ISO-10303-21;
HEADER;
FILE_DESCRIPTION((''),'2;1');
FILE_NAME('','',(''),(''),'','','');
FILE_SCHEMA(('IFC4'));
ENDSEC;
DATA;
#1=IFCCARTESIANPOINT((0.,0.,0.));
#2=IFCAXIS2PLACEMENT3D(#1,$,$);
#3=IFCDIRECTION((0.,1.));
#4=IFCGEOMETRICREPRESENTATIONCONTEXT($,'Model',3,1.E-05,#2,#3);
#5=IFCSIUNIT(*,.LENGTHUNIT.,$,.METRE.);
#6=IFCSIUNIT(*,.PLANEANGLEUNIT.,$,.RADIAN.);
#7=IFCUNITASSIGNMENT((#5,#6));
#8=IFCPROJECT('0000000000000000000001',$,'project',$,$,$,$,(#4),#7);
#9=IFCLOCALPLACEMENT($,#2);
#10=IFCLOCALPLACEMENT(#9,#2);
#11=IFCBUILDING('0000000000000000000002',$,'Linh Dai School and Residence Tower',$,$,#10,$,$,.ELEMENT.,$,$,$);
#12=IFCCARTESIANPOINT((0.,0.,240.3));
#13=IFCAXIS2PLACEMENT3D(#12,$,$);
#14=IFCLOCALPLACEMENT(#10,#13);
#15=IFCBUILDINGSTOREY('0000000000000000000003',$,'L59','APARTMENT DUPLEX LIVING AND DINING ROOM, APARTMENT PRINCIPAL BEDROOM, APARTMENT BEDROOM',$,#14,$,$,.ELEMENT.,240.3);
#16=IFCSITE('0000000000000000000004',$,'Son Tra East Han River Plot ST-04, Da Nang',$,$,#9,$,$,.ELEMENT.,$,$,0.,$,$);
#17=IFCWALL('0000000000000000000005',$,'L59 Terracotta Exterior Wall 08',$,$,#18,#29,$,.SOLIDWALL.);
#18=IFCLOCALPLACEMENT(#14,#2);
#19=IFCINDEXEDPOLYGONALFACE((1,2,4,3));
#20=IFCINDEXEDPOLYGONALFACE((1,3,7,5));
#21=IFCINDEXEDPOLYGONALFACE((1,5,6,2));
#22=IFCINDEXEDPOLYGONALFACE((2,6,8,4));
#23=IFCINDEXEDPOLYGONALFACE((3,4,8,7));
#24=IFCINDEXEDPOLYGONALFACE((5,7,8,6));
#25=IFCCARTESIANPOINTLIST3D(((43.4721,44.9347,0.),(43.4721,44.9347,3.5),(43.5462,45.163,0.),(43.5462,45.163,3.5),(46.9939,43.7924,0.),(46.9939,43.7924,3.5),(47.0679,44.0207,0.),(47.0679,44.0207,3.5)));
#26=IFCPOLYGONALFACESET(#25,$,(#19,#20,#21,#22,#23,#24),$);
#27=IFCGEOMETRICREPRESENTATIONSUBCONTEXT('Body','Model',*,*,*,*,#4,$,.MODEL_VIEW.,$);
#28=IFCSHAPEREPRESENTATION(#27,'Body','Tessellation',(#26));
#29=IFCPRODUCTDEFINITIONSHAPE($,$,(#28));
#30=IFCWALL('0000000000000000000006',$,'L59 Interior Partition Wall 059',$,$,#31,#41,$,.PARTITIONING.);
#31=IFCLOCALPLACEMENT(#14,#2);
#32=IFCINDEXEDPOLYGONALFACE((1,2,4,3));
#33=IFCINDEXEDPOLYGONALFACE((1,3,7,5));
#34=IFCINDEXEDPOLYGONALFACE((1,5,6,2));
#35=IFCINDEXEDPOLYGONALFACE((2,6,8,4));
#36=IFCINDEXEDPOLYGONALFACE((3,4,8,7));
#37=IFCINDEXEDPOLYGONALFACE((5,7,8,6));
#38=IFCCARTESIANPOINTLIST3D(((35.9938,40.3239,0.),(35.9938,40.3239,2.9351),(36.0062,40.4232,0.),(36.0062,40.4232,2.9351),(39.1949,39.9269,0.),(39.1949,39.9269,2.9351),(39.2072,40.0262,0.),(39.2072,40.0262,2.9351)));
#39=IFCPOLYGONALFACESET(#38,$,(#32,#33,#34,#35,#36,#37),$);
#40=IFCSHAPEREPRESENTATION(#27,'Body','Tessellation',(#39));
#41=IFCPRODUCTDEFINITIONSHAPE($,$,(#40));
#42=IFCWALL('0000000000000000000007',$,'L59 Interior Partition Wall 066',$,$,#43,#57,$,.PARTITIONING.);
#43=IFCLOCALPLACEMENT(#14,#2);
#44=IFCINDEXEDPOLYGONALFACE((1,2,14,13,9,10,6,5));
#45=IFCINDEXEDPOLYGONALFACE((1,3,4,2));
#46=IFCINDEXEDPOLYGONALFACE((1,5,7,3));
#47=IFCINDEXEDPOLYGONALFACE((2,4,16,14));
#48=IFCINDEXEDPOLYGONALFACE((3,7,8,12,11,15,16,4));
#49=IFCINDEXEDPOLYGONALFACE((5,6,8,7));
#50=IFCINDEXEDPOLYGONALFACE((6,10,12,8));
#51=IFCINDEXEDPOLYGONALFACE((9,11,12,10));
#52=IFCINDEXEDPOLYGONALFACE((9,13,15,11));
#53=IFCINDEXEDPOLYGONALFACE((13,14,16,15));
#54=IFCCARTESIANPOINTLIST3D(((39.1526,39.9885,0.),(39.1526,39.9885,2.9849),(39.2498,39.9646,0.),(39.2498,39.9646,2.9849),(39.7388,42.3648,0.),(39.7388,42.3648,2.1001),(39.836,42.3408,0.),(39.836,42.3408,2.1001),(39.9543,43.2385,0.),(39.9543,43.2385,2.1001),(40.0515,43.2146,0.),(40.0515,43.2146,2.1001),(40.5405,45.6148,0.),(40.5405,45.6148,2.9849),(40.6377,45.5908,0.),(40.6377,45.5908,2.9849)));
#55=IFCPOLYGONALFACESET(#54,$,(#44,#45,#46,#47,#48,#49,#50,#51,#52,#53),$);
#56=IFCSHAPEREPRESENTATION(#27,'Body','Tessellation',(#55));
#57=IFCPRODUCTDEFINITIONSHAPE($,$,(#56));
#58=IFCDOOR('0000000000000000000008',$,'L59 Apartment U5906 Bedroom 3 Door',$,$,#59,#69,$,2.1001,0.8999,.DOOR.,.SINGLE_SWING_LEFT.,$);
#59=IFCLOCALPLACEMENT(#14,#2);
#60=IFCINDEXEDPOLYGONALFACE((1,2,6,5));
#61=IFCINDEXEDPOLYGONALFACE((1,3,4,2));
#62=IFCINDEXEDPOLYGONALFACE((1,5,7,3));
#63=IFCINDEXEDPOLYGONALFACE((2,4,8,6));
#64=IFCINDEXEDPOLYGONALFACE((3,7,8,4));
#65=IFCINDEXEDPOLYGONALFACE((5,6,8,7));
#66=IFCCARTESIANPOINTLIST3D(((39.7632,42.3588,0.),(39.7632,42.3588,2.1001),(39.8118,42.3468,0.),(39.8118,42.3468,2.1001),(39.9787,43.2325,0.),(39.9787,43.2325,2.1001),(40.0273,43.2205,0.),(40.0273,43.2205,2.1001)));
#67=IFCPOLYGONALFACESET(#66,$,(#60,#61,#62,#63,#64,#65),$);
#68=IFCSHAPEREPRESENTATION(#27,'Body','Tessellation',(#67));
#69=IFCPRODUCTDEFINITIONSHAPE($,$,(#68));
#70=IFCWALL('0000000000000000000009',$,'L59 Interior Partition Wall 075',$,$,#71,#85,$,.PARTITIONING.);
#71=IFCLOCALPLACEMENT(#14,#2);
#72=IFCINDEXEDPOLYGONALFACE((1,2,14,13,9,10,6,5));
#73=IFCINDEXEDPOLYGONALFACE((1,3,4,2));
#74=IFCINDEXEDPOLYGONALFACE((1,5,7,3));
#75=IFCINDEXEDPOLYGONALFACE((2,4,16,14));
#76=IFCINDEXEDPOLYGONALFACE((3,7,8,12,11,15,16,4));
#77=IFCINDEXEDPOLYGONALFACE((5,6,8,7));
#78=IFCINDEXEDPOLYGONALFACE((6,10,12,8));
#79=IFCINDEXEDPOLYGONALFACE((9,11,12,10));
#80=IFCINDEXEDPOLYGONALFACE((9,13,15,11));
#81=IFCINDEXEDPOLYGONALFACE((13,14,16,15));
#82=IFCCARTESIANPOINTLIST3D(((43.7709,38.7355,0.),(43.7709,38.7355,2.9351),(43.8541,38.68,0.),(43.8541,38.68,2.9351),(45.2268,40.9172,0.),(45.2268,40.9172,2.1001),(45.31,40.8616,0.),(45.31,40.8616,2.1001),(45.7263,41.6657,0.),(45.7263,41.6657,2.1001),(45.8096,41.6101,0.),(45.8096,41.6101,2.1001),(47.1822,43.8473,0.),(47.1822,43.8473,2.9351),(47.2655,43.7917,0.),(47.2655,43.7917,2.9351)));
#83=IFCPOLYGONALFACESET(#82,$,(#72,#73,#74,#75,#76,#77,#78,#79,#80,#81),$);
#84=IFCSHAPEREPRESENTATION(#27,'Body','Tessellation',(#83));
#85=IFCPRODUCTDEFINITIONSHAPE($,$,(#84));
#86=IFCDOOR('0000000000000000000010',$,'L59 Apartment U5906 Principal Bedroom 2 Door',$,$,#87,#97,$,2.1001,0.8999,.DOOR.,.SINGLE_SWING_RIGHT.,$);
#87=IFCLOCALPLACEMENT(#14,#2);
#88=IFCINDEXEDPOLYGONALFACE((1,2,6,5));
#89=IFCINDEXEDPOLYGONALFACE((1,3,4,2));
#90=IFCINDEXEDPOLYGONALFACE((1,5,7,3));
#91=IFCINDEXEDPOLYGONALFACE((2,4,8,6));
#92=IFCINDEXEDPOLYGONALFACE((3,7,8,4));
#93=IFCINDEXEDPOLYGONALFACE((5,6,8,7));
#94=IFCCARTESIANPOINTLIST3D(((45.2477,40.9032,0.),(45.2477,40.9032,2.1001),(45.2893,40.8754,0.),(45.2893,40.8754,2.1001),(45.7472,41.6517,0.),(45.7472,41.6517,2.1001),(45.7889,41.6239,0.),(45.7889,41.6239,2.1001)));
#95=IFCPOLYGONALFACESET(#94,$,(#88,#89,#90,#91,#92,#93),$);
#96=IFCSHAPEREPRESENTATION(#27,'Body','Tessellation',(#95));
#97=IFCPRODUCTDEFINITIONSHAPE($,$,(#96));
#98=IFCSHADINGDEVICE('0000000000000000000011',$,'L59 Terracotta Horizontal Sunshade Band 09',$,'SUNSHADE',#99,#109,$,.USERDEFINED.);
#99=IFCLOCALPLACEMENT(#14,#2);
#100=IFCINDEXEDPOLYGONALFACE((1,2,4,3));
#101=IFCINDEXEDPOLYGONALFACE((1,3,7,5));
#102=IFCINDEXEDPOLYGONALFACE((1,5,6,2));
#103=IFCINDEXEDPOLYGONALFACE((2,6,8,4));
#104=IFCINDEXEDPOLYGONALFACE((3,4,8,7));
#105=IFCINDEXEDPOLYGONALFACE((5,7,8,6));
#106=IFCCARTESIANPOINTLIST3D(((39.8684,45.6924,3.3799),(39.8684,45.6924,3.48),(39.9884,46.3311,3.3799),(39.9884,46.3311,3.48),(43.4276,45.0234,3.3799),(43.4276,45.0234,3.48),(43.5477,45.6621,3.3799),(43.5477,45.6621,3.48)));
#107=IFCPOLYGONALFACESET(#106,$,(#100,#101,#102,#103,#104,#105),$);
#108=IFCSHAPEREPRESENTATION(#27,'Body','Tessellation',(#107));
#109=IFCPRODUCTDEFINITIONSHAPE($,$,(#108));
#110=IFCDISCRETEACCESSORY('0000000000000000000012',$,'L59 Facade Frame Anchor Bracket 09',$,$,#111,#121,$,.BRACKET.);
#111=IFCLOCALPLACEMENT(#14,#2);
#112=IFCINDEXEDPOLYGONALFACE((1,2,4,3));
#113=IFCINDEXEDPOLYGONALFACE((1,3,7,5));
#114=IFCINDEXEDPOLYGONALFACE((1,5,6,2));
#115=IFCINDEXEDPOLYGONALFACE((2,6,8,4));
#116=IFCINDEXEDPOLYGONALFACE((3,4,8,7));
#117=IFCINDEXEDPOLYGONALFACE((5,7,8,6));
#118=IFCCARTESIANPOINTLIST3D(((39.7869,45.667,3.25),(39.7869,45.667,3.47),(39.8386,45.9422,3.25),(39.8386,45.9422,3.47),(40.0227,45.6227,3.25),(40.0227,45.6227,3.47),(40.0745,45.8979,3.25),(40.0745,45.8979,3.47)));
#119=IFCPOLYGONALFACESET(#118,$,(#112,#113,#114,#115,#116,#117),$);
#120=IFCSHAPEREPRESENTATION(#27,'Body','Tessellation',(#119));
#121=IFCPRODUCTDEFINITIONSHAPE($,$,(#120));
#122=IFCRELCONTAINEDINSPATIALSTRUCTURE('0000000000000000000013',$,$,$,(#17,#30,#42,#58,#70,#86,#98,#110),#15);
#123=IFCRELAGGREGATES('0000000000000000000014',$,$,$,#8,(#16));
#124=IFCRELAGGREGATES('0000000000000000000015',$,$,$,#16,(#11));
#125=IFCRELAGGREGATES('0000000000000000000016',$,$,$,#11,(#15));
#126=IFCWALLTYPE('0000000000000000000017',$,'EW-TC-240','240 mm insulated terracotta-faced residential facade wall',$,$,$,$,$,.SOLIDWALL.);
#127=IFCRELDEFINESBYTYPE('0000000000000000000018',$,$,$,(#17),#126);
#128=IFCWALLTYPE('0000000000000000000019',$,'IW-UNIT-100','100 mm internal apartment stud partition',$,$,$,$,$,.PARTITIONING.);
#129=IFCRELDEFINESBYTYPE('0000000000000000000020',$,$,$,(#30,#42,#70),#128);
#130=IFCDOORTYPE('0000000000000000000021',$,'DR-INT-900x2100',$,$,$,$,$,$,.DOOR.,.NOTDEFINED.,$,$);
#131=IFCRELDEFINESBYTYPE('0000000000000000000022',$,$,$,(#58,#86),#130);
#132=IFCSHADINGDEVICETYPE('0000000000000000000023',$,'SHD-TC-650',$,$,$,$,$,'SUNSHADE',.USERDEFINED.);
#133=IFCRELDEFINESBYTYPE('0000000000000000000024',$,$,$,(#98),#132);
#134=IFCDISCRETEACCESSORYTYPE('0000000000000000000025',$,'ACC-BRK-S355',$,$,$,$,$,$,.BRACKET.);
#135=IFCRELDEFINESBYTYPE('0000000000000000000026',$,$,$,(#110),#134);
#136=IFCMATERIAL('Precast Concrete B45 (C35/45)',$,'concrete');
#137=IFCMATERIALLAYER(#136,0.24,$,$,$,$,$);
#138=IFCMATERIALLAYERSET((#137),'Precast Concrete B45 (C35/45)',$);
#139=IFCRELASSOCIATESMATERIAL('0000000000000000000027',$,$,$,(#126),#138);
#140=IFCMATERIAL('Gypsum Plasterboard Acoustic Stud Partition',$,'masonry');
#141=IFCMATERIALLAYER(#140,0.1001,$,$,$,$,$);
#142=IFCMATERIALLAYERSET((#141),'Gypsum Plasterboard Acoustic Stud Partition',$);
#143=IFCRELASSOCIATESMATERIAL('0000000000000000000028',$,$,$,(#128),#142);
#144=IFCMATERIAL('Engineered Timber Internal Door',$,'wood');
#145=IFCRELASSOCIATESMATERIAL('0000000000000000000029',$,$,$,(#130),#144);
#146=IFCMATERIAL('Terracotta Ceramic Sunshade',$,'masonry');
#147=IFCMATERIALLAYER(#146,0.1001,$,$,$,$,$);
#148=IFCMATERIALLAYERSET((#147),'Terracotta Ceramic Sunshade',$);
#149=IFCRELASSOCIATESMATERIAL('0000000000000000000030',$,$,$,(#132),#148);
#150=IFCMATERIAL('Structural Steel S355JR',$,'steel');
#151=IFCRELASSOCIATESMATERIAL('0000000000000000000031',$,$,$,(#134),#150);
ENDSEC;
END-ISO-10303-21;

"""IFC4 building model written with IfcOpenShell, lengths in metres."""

from ifc_helpers import new_model, si_unit, direction, frame, frame_2d, origin, origin_2d, place, context, subcontext, project, spatial, rectangle, extrude, source, transform, mapped, material, layer, layer_set, type_object, element, fill, save


model = new_model("IFC4")

# Units and contexts
model_context = context("Model", 3, precision=1e-05, world=origin(), true_north=direction((0.0, 1.0)))
body_context = subcontext(model_context, "Body", "Model", "MODEL_VIEW")
ifc_project = project(units=[si_unit("LENGTHUNIT", "METRE"), si_unit("PLANEANGLEUNIT", "RADIAN")], contexts=[model_context])

# Site, building, storey
site_placement = place(None, origin())
site = spatial("IfcSite", under=ifc_project, at=site_placement, Name="Son Tra East Han River Plot ST-04, Da Nang", CompositionType="ELEMENT", RefElevation=0.0)
building_placement = place(site_placement, origin())
building = spatial("IfcBuilding", under=site, at=building_placement, Name="Linh Dai School and Residence Tower", CompositionType="ELEMENT")
storey_placement = place(building_placement, frame((0.0, 0.0, 240.3)))
storey = spatial("IfcBuildingStorey", under=building, at=storey_placement, Name="L59", Description="APARTMENT DUPLEX LIVING AND DINING ROOM, APARTMENT PRINCIPAL BEDROOM, APARTMENT BEDROOM", CompositionType="ELEMENT", Elevation=240.3)

# Shared definitions
ifc_material_1 = material(Name="Structural Steel S355JR", Category="steel")

# Shared definitions
ifc_material_2 = material(Name="Precast Concrete B45 (C35/45)", Category="concrete")

# Wall
ifc_layer_1 = layer(ifc_material_2, 0.24)
ifc_layer_set_1 = layer_set([ifc_layer_1], Name="Precast Concrete B45 (C35/45)")
wall_type_1 = type_object("IfcWallType", Name="EW-TC-240", Description="240 mm insulated terracotta-faced residential facade wall", PredefinedType="SOLIDWALL", material=ifc_layer_set_1)
wall_1_placement = place(storey_placement, frame((43.5093, 45.0488, 0.0), z_axis=(0.0, 0.0, 1.0), x_axis=(0.951211, -0.308542, 0.0)))
element("IfcWall", 1, at=wall_1_placement, inside=storey, type_object=wall_type_1, Name="L59 Terracotta Exterior Wall 08", PredefinedType="SOLIDWALL", context=body_context, shape_type="SweptSolid", body=[
    extrude(rectangle(XDim=3.7024, YDim=0.24, at=frame_2d((1.8511, 0.0))), origin(), (0.0, 0.0, 1.0), 3.5),
])

# Wall
ifc_material_3 = material(Name="Gypsum Plasterboard Acoustic Stud Partition", Category="masonry")
ifc_layer_2 = layer(ifc_material_3, 0.1001)
ifc_layer_set_2 = layer_set([ifc_layer_2], Name="Gypsum Plasterboard Acoustic Stud Partition")
wall_type_2 = type_object("IfcWallType", Name="IW-UNIT-100", Description="100 mm internal apartment stud partition", PredefinedType="PARTITIONING", material=ifc_layer_set_2)
wall_2_placement = place(storey_placement, frame((36.0, 40.3735, 0.0), z_axis=(0.0, 0.0, 1.0), x_axis=(0.992399, -0.123066, 0.0)))
element("IfcWall", 2, at=wall_2_placement, inside=storey, type_object=wall_type_2, Name="L59 Interior Partition Wall 059", PredefinedType="PARTITIONING", context=body_context, shape_type="SweptSolid", body=[
    extrude(rectangle(XDim=3.2256, YDim=0.1001, at=frame_2d((1.6128, 0.0))), origin(), (0.0, 0.0, 1.0), 2.9351),
])

# Walls, openings, doors
wall_3_placement = place(storey_placement, frame((39.2012, 39.9766, 0.0), z_axis=(0.0, 0.0, 1.0), x_axis=(0.239511, 0.970894, 0.0)))
wall_3 = element("IfcWall", 3, at=wall_3_placement, inside=storey, type_object=wall_type_2, Name="L59 Interior Partition Wall 066", PredefinedType="PARTITIONING", context=body_context, shape_type="SweptSolid", body=[
    extrude(rectangle(XDim=5.7949, YDim=0.1001, at=frame_2d((2.8975, 0.0))), origin(), (0.0, 0.0, 1.0), 2.9849),
])
opening_1_placement = place(wall_3_placement, frame((2.4475, 0.0, 0.0)))
opening_1 = element("IfcOpeningElement", 4, at=opening_1_placement, cuts=wall_3, PredefinedType="OPENING", context=body_context, shape_type="SweptSolid", body=[
    extrude(rectangle(XDim=0.8999, YDim=2.1001, at=origin_2d()), frame((0.45, 0.0601, 1.05), z_axis=(0.0, -1.0, 0.0), x_axis=(1.0, 0.0, 0.0)), (0.0, 0.0, 1.0), 0.1201),
])
ifc_material_4 = material(Name="Engineered Timber Internal Door", Category="wood")
door_type_1 = type_object("IfcDoorType", Name="DR-INT-900x2100", OperationType="NOTDEFINED", PredefinedType="DOOR", material=ifc_material_4)
shared_shape_1 = source(origin(), body_context, "Body", "SweptSolid", [
    extrude(rectangle(XDim=0.8999, YDim=2.1001, at=origin_2d()), frame((0.45, 0.0249, 1.05), z_axis=(0.0, -1.0, 0.0), x_axis=(1.0, 0.0, 0.0)), (0.0, 0.0, 1.0), 0.05),
])
door_1_placement = place(opening_1_placement, origin())
door_1 = element("IfcDoor", 5, at=door_1_placement, inside=storey, type_object=door_type_1, Name="L59 Apartment U5906 Bedroom 3 Door", OperationType="SINGLE_SWING_LEFT", OverallHeight=2.1001, OverallWidth=0.8999, PredefinedType="DOOR", context=body_context, shape_type="MappedRepresentation", body=[
    mapped(shared_shape_1, transform((0.0, 0.0, 0.0), x_axis=(1.0, 0.0, 0.0), y_axis=(0.0, 1.0, 0.0), z_axis=(0.0, 0.0, 1.0), scale=1.0)),
])
fill(opening_1, door_1)
wall_4_placement = place(storey_placement, frame((43.8125, 38.7078, 0.0), z_axis=(0.0, 0.0, 1.0), x_axis=(0.555094, 0.831787, 0.0)))
wall_4 = element("IfcWall", 6, at=wall_4_placement, inside=storey, type_object=wall_type_2, Name="L59 Interior Partition Wall 075", PredefinedType="PARTITIONING", context=body_context, shape_type="SweptSolid", body=[
    extrude(rectangle(XDim=6.1455, YDim=0.1001, at=frame_2d((3.0728, 0.0))), origin(), (0.0, 0.0, 1.0), 2.9351),
])
opening_2_placement = place(wall_4_placement, frame((2.6228, 0.0, 0.0)))
opening_2 = element("IfcOpeningElement", 7, at=opening_2_placement, cuts=wall_4, PredefinedType="OPENING", context=body_context, shape_type="SweptSolid", body=[
    extrude(rectangle(XDim=0.8999, YDim=2.1001, at=origin_2d()), frame((0.45, 0.0601, 1.05), z_axis=(0.0, -1.0, 0.0), x_axis=(1.0, 0.0, 0.0)), (0.0, 0.0, 1.0), 0.1201),
])
door_2_placement = place(opening_2_placement, origin())
door_2 = element("IfcDoor", 8, at=door_2_placement, inside=storey, type_object=door_type_1, Name="L59 Apartment U5906 Principal Bedroom 2 Door", OperationType="SINGLE_SWING_RIGHT", OverallHeight=2.1001, OverallWidth=0.8999, PredefinedType="DOOR", context=body_context, shape_type="MappedRepresentation", body=[
    mapped(shared_shape_1, transform((0.0, 0.0, 0.0), x_axis=(1.0, 0.0, 0.0), y_axis=(0.0, 1.0, 0.0), z_axis=(0.0, 0.0, 1.0), scale=1.0)),
])
fill(opening_2, door_2)

# Shading device
ifc_material_5 = material(Name="Terracotta Ceramic Sunshade", Category="masonry")
ifc_layer_3 = layer(ifc_material_5, 0.1001)
ifc_layer_set_3 = layer_set([ifc_layer_3], Name="Terracotta Ceramic Sunshade")
shading_device_type = type_object("IfcShadingDeviceType", Name="SHD-TC-650", ElementType="SUNSHADE", PredefinedType="USERDEFINED", material=ifc_layer_set_3)
shared_shape_2 = source(origin(), body_context, "Body", "SweptSolid", [
    extrude(rectangle(XDim=3.6216, YDim=0.6499, at=origin_2d()), origin(), (0.0, 0.0, 1.0), 0.1001),
])
shading_device_placement = place(storey_placement, frame((41.708, 45.6772, 3.3799), z_axis=(0.0, 0.0, 1.0), x_axis=(0.982787, -0.184744, 0.0)))
element("IfcShadingDevice", 9, at=shading_device_placement, inside=storey, type_object=shading_device_type, Name="L59 Terracotta Horizontal Sunshade Band 09", ObjectType="SUNSHADE", PredefinedType="USERDEFINED", context=body_context, shape_type="MappedRepresentation", body=[
    mapped(shared_shape_2, transform((0.0, 0.0, 0.0), x_axis=(1.0, 0.0, 0.0), y_axis=(0.0, 1.0, 0.0), z_axis=(0.0, 0.0, 1.0), scale=1.0)),
])

# Discrete accessory
discrete_accessory_type = type_object("IfcDiscreteAccessoryType", Name="ACC-BRK-S355", PredefinedType="BRACKET", material=ifc_material_1)
shared_shape_3 = source(origin(), body_context, "Body", "SweptSolid", [
    extrude(rectangle(XDim=0.28, YDim=0.24, at=origin_2d()), origin(), (0.0, 0.0, 1.0), 0.22),
])
discrete_accessory_placement = place(storey_placement, frame((39.9307, 45.7825, 3.25), z_axis=(0.0, 0.0, 1.0), x_axis=(0.184744, 0.982787, 0.0)))
element("IfcDiscreteAccessory", 10, at=discrete_accessory_placement, inside=storey, type_object=discrete_accessory_type, Name="L59 Facade Frame Anchor Bracket 09", PredefinedType="BRACKET", context=body_context, shape_type="MappedRepresentation", body=[
    mapped(shared_shape_3, transform((0.0, 0.0, 0.0), x_axis=(1.0, 0.0, 0.0), y_axis=(0.0, 1.0, 0.0), z_axis=(0.0, 0.0, 1.0), scale=1.0)),
])

save(model, "model.ifc")
